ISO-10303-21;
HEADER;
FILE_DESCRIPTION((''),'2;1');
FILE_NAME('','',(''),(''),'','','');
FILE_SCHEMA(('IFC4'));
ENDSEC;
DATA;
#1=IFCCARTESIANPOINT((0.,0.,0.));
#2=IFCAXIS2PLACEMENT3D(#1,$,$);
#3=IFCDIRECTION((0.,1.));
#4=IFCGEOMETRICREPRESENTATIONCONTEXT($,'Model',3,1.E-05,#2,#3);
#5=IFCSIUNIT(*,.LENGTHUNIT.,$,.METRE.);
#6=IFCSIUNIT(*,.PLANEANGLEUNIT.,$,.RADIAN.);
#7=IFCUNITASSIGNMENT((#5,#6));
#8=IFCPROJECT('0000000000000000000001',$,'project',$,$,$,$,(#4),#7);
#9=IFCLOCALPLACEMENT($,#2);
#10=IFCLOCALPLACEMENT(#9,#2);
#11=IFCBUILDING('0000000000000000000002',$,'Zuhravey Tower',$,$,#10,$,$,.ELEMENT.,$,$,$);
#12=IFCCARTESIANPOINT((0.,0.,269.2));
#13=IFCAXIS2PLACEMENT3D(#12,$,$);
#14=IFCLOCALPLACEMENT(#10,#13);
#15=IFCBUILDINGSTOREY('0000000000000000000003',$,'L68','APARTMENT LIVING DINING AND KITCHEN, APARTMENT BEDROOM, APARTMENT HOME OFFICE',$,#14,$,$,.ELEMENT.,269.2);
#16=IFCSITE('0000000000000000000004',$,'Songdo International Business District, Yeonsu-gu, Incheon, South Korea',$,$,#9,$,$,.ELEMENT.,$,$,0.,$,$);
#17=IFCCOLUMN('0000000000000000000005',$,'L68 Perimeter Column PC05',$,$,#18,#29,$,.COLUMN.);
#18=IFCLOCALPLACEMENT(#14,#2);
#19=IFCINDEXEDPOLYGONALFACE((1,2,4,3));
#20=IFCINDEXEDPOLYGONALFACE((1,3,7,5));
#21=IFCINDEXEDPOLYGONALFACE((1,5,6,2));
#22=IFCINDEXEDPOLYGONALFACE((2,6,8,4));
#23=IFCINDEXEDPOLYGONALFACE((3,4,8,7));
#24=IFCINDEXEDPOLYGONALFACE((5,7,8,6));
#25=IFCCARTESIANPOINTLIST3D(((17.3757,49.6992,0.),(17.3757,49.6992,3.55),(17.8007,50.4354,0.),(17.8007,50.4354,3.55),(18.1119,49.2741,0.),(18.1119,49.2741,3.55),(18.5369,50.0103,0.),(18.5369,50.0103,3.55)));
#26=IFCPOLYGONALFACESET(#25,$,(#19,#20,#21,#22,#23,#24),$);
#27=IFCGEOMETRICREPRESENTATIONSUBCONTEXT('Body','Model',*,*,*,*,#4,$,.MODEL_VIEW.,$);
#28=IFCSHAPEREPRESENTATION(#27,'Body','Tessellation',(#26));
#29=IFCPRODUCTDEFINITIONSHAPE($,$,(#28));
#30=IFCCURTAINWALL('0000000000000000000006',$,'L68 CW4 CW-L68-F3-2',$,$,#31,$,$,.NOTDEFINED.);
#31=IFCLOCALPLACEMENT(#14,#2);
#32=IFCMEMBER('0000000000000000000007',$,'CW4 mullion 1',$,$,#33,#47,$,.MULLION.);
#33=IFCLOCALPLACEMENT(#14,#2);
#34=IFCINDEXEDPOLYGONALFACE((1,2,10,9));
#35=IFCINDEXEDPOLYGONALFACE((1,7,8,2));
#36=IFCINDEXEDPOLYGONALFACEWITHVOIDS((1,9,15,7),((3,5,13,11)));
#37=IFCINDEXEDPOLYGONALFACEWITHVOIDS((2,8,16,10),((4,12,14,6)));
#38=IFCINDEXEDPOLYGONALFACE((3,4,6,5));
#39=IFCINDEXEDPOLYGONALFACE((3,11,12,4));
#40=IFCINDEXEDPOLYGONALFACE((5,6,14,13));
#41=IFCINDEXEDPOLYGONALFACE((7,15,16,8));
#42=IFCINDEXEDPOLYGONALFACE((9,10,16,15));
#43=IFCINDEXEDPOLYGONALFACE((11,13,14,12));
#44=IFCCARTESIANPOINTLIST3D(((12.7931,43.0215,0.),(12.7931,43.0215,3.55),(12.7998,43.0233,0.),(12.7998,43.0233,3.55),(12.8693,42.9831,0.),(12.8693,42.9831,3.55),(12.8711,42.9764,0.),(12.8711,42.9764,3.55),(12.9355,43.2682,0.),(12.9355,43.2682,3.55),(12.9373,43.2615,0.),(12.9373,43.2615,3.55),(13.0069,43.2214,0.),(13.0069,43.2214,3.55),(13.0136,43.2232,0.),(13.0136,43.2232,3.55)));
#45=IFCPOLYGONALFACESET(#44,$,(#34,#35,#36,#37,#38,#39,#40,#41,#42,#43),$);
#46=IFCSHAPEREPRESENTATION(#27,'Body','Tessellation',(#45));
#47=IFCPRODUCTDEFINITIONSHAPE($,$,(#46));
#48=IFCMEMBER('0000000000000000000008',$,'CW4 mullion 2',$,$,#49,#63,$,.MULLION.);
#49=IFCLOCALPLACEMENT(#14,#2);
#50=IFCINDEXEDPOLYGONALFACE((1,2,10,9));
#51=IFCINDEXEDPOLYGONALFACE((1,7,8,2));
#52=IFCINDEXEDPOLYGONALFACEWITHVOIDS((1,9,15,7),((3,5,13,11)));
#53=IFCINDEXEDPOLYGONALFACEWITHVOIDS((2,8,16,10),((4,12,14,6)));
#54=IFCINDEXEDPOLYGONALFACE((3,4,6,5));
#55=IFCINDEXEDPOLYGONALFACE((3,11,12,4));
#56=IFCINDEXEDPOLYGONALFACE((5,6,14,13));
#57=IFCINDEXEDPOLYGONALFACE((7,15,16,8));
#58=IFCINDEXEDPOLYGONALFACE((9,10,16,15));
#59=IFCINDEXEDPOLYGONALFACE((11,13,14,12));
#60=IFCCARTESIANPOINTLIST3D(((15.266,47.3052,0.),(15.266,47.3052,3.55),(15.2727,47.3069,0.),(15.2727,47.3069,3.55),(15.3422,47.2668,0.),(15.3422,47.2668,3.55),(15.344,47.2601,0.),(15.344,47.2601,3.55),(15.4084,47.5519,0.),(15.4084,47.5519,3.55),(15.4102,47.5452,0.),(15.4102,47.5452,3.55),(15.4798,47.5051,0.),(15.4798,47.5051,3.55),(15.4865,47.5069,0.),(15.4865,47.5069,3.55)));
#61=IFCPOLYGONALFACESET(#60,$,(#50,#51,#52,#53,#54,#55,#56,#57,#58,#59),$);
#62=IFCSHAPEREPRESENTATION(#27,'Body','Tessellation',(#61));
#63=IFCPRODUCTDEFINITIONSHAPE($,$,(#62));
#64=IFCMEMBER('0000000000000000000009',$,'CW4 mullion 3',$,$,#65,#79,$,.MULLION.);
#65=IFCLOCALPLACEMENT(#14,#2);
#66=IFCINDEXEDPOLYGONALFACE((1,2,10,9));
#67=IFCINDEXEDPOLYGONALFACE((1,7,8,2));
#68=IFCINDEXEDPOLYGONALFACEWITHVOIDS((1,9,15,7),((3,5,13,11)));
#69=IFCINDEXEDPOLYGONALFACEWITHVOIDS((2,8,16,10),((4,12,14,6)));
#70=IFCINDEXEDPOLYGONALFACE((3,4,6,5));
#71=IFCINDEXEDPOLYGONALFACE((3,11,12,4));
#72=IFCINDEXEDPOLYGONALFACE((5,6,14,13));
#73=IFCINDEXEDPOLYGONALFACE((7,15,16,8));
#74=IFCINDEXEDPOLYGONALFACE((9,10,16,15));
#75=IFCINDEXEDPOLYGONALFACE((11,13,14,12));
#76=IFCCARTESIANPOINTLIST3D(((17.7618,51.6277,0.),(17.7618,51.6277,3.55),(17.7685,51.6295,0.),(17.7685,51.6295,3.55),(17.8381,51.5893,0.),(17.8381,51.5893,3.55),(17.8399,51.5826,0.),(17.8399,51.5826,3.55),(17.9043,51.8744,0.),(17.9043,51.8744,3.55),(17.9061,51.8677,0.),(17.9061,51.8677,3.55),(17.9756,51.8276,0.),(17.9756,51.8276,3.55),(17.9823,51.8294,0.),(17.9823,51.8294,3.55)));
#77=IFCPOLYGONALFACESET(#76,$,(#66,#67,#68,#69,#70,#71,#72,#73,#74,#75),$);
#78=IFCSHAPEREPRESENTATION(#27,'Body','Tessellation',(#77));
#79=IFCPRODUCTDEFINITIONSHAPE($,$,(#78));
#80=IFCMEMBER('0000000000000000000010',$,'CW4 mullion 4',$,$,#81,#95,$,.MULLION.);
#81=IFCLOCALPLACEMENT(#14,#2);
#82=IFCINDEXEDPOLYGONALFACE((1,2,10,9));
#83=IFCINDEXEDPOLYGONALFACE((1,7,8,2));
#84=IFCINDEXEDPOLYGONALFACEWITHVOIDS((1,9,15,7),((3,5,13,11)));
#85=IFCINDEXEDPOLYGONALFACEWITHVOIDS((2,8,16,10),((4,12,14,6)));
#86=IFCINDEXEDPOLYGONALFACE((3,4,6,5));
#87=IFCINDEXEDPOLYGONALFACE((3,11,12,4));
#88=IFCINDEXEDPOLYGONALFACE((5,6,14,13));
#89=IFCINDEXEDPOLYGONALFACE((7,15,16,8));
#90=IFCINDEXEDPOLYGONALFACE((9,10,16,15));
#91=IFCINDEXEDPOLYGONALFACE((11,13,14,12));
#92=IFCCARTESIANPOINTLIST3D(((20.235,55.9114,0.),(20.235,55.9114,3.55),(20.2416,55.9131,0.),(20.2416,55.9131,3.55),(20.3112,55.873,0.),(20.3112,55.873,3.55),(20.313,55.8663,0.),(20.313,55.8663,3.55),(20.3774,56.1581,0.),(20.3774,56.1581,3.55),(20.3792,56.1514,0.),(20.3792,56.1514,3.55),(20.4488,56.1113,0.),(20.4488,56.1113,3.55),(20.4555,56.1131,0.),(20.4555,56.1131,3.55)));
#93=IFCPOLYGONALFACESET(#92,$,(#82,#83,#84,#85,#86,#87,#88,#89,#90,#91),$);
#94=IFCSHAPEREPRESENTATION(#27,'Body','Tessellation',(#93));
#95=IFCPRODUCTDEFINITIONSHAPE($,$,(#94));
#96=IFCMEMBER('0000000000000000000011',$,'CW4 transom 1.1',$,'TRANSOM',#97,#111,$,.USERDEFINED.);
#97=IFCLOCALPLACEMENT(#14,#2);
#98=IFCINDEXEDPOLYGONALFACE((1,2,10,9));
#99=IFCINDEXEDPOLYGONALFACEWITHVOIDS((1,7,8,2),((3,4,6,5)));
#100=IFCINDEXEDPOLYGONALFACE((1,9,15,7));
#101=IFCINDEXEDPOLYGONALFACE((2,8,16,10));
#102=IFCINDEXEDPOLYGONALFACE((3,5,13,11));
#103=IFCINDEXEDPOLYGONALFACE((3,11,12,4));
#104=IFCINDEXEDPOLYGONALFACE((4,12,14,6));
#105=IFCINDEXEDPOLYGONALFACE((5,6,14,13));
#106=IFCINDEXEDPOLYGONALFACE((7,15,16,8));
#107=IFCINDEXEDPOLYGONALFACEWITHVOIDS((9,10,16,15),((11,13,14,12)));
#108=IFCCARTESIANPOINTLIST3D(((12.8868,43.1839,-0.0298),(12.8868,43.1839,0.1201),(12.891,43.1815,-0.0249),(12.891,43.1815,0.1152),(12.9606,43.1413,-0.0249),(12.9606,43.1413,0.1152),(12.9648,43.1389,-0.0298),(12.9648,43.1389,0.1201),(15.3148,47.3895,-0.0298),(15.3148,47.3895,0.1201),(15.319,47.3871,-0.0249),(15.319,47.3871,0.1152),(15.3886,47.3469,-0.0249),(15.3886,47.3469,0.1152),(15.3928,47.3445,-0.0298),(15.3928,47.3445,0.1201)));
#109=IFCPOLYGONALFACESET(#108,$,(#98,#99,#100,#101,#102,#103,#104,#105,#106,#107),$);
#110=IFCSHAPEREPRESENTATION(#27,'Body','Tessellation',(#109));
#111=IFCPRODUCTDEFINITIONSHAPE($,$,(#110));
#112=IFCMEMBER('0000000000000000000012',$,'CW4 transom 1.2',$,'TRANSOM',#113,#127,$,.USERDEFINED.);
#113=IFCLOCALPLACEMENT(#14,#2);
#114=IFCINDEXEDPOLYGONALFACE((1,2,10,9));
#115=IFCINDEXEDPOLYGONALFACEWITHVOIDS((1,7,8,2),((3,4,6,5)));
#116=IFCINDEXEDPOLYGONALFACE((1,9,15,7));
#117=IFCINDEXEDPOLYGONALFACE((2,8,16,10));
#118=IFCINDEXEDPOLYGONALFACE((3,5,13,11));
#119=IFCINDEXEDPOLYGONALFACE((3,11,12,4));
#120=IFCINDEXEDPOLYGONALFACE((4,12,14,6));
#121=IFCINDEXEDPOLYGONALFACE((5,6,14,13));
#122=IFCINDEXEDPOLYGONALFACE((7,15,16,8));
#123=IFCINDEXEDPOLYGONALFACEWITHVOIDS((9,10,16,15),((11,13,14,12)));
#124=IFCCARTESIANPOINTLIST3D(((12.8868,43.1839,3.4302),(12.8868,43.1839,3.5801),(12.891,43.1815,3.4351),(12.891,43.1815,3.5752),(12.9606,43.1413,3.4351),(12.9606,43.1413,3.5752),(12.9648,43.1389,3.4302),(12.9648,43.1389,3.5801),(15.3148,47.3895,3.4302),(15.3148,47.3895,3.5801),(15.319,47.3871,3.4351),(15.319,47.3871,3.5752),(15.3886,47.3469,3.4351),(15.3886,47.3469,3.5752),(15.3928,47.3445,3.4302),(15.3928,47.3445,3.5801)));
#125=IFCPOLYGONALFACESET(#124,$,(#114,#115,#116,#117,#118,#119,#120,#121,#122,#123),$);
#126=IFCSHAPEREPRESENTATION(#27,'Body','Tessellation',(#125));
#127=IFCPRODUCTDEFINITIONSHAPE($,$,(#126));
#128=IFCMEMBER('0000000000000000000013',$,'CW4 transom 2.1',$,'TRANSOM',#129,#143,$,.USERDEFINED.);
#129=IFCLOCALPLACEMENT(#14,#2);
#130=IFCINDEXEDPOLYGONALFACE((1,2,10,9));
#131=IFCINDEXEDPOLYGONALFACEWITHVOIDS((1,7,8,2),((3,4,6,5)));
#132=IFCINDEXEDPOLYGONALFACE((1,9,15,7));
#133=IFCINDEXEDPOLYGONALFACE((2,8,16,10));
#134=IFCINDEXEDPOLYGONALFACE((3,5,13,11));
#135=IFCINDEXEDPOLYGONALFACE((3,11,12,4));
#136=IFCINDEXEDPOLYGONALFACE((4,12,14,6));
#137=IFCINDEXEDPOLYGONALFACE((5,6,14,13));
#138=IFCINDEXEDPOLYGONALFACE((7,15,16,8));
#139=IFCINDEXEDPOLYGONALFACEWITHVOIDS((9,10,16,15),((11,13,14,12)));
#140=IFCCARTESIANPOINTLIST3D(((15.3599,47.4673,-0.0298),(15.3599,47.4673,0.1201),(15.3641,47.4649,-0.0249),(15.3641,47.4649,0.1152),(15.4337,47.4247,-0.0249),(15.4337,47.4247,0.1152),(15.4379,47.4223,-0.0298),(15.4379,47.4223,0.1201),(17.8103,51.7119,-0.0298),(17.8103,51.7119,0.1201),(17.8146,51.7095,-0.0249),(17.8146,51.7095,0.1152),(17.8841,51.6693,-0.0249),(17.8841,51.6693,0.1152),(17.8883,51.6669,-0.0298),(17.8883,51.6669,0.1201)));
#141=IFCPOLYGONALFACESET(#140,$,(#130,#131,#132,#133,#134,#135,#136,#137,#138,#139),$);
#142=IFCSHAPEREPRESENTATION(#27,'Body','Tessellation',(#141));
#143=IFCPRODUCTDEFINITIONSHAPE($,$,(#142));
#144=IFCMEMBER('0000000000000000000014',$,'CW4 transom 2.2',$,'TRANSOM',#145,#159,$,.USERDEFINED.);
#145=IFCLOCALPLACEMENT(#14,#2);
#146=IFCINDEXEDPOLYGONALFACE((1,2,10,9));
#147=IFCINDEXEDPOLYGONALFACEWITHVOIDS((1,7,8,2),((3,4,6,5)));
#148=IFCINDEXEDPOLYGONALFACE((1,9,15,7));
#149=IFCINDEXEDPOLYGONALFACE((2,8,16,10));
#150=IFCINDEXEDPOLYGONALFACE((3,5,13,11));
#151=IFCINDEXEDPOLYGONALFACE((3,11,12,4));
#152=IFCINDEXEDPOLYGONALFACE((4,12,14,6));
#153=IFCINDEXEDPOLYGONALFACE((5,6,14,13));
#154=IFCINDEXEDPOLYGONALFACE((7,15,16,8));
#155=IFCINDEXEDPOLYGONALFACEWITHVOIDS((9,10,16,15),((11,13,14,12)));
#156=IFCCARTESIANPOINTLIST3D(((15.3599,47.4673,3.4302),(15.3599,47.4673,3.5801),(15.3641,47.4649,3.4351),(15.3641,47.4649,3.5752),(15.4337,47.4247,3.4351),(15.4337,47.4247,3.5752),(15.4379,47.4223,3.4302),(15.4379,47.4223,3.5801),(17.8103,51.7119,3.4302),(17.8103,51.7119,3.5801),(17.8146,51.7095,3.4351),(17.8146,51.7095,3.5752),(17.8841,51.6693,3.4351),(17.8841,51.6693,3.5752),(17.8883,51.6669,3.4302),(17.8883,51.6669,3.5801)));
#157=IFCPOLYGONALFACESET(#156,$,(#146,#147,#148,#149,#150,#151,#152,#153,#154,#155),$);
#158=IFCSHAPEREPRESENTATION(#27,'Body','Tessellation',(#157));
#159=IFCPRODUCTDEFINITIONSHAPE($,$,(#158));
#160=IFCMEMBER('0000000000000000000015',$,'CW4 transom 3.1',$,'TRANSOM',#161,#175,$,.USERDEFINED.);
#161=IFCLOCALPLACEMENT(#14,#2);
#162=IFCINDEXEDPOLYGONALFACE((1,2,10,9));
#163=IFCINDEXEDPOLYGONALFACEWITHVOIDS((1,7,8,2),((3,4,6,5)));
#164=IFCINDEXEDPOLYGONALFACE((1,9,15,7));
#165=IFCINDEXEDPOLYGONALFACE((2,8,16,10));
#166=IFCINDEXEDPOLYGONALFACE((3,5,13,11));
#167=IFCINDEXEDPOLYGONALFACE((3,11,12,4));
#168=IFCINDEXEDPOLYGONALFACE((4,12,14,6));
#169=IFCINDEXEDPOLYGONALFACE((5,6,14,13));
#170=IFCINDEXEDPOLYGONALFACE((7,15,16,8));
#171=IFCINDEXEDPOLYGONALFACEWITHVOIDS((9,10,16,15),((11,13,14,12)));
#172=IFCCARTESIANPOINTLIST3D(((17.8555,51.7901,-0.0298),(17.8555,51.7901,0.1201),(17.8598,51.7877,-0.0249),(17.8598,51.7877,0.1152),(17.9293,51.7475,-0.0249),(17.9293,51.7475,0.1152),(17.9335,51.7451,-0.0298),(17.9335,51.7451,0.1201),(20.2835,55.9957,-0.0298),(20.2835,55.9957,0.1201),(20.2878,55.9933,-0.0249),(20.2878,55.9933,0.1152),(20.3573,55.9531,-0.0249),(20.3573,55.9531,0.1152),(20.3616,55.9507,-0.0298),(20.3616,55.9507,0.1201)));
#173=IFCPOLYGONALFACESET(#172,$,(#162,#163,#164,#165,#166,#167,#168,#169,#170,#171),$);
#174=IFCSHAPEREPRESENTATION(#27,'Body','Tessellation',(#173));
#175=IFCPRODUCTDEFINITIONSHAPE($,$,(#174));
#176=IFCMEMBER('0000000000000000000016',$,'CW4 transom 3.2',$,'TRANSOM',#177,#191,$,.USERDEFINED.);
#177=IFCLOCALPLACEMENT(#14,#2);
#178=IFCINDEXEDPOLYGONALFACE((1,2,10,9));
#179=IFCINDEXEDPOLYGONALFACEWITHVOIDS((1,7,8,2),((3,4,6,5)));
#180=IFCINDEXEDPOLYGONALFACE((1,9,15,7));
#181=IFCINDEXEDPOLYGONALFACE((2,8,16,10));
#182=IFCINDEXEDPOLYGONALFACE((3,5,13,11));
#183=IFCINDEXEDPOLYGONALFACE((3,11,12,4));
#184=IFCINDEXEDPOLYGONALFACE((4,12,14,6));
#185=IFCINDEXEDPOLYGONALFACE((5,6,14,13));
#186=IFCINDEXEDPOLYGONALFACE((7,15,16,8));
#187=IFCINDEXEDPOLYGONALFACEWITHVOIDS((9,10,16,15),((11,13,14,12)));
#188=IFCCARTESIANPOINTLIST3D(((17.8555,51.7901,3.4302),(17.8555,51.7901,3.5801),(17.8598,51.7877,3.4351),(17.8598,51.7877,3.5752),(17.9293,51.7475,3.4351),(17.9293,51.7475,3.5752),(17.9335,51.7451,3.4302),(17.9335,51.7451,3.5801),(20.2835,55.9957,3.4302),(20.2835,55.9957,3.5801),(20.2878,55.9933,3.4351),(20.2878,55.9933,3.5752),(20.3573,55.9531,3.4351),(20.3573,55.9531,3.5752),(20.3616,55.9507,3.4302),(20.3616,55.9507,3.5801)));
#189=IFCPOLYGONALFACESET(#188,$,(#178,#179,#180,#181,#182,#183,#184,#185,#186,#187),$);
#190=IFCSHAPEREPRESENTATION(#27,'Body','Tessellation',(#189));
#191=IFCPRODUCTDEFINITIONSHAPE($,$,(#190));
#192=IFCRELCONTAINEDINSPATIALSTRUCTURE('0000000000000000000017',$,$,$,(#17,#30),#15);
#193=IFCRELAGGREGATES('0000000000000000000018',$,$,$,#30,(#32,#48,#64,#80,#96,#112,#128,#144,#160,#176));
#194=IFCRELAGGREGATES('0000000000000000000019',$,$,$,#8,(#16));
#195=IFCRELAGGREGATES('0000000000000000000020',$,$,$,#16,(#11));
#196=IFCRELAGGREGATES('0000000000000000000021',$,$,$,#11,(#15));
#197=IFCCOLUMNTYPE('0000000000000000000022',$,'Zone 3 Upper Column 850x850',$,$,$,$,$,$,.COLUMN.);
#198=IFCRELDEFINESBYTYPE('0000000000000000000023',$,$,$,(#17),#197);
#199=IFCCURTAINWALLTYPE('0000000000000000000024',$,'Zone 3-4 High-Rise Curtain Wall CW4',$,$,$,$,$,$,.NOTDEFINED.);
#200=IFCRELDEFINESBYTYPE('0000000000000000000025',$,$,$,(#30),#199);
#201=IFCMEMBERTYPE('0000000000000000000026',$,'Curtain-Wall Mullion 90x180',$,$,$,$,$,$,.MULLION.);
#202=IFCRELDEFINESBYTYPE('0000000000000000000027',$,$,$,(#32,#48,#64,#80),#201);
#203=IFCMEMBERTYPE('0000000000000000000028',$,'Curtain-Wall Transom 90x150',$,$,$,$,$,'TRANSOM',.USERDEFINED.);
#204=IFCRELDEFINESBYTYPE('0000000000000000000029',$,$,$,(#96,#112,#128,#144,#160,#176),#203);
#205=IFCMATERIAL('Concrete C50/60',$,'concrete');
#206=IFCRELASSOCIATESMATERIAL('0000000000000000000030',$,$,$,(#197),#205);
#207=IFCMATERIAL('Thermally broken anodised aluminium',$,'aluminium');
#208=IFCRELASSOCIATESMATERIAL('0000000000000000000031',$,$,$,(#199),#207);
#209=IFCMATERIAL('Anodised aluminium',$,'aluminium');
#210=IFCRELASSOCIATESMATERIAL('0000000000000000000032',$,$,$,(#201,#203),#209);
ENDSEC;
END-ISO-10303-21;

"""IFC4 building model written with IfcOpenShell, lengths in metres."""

from ifc_helpers import new_model, si_unit, direction, frame, origin, origin_2d, place, context, subcontext, project, spatial, rectangle, hollow_rectangle, extrude, material, material_profile, profile_set, type_object, element, aggregate, save


model = new_model("IFC4")

# Units and contexts
model_context = context("Model", 3, precision=1e-05, world=origin(), true_north=direction((0.0, 1.0)))
body_context = subcontext(model_context, "Body", "Model", "MODEL_VIEW")
ifc_project = project(units=[si_unit("LENGTHUNIT", "METRE"), si_unit("PLANEANGLEUNIT", "RADIAN")], contexts=[model_context])

# Site, building, storey
site_placement = place(None, origin())
site = spatial("IfcSite", under=ifc_project, at=site_placement, Name="Songdo International Business District, Yeonsu-gu, Incheon, South Korea", CompositionType="ELEMENT", RefElevation=0.0)
building_placement = place(site_placement, origin())
building = spatial("IfcBuilding", under=site, at=building_placement, Name="Zuhravey Tower", CompositionType="ELEMENT")
storey_placement = place(building_placement, frame((0.0, 0.0, 269.2)))
storey = spatial("IfcBuildingStorey", under=building, at=storey_placement, Name="L68", Description="APARTMENT LIVING DINING AND KITCHEN, APARTMENT BEDROOM, APARTMENT HOME OFFICE", CompositionType="ELEMENT", Elevation=269.2)

# Column
ifc_material_1 = material(Name="Concrete C50/60", Category="concrete")
ifc_material_profile_1 = material_profile(ifc_material_1, rectangle(XDim=0.8501, YDim=0.8501, at=origin_2d()), Name="RC-850x850")
ifc_profile_set_1 = profile_set([ifc_material_profile_1], Name="Concrete C50/60")
column_type = type_object("IfcColumnType", Name="Zone 3 Upper Column 850x850", PredefinedType="COLUMN", material=ifc_profile_set_1)
column_placement = place(storey_placement, frame((17.9563, 49.8547, 0.0), z_axis=(0.0, 0.0, 1.0), x_axis=(-0.5, -0.866025, 0.0)))
element("IfcColumn", 1, at=column_placement, inside=storey, type_object=column_type, Name="L68 Perimeter Column PC05", PredefinedType="COLUMN", context=body_context, shape_type="SweptSolid", body=[
    extrude(rectangle(XDim=0.8501, YDim=0.8501, at=origin_2d()), origin(), (0.0, 0.0, 1.0), 3.55),
])

# Curtain wall, members
ifc_material_2 = material(Name="Thermally broken anodised aluminium", Category="aluminium")
curtain_wall_type = type_object("IfcCurtainWallType", Name="Zone 3-4 High-Rise Curtain Wall CW4", PredefinedType="NOTDEFINED", material=ifc_material_2)
curtain_wall_placement = place(storey_placement, origin())
curtain_wall = element("IfcCurtainWall", 2, at=curtain_wall_placement, inside=storey, type_object=curtain_wall_type, Name="L68 CW4 CW-L68-F3-2", PredefinedType="NOTDEFINED")
ifc_material_3 = material(Name="Anodised aluminium", Category="aluminium")
ifc_material_profile_2 = material_profile(ifc_material_3, hollow_rectangle(XDim=0.0901, YDim=0.2849, WallThickness=0.0049, at=origin_2d()), Name="ALU-RHS-90x285x5")
ifc_profile_set_2 = profile_set([ifc_material_profile_2], Name="Anodised aluminium")
member_type_1 = type_object("IfcMemberType", Name="Curtain-Wall Mullion 90x180", PredefinedType="MULLION", material=ifc_profile_set_2)
member_1_placement = place(storey_placement, frame((12.9033, 43.1223, 0.0), z_axis=(0.0, 0.0, 1.0), x_axis=(-0.866026, 0.5, 0.0)))
member_1 = element("IfcMember", 3, at=member_1_placement, type_object=member_type_1, Name="CW4 mullion 1", PredefinedType="MULLION", context=body_context, shape_type="SweptSolid", body=[
    extrude(hollow_rectangle(XDim=0.0901, YDim=0.2849, WallThickness=0.0049, at=origin_2d()), origin(), (0.0, 0.0, 1.0), 3.55),
])
member_2_placement = place(storey_placement, frame((15.3762, 47.406, 0.0), z_axis=(0.0, 0.0, 1.0), x_axis=(-0.866026, 0.5, 0.0)))
member_2 = element("IfcMember", 4, at=member_2_placement, type_object=member_type_1, Name="CW4 mullion 2", PredefinedType="MULLION", context=body_context, shape_type="SweptSolid", body=[
    extrude(hollow_rectangle(XDim=0.0901, YDim=0.2849, WallThickness=0.0049, at=origin_2d()), origin(), (0.0, 0.0, 1.0), 3.55),
])
member_3_placement = place(storey_placement, frame((17.8721, 51.7285, 0.0), z_axis=(0.0, 0.0, 1.0), x_axis=(-0.866026, 0.5, 0.0)))
member_3 = element("IfcMember", 5, at=member_3_placement, type_object=member_type_1, Name="CW4 mullion 3", PredefinedType="MULLION", context=body_context, shape_type="SweptSolid", body=[
    extrude(hollow_rectangle(XDim=0.0901, YDim=0.2849, WallThickness=0.0049, at=origin_2d()), origin(), (0.0, 0.0, 1.0), 3.55),
])
member_4_placement = place(storey_placement, frame((20.3452, 56.0122, 0.0), z_axis=(0.0, 0.0, 1.0), x_axis=(-0.866026, 0.5, 0.0)))
member_4 = element("IfcMember", 6, at=member_4_placement, type_object=member_type_1, Name="CW4 mullion 4", PredefinedType="MULLION", context=body_context, shape_type="SweptSolid", body=[
    extrude(hollow_rectangle(XDim=0.0901, YDim=0.2849, WallThickness=0.0049, at=origin_2d()), origin(), (0.0, 0.0, 1.0), 3.55),
])
ifc_material_profile_3 = material_profile(ifc_material_3, hollow_rectangle(XDim=0.0901, YDim=0.1499, WallThickness=0.0049, at=origin_2d()), Name="ALU-RHS-90x150x5")
ifc_profile_set_3 = profile_set([ifc_material_profile_3], Name="Anodised aluminium")
member_type_2 = type_object("IfcMemberType", Name="Curtain-Wall Transom 90x150", ElementType="TRANSOM", PredefinedType="USERDEFINED", material=ifc_profile_set_3)
member_5_placement = place(storey_placement, frame((12.9258, 43.1614, 0.0452), z_axis=(0.499984, 0.866035, 0.0), x_axis=(-0.866035, 0.499984, 0.0)))
member_5 = element("IfcMember", 7, at=member_5_placement, type_object=member_type_2, Name="CW4 transom 1.1", ObjectType="TRANSOM", PredefinedType="USERDEFINED", context=body_context, shape_type="SweptSolid", body=[
    extrude(hollow_rectangle(XDim=0.0901, YDim=0.1499, WallThickness=0.0049, at=origin_2d()), origin(), (0.0, 0.0, 1.0), 4.8562),
])
member_6_placement = place(storey_placement, frame((12.9258, 43.1614, 3.5051), z_axis=(0.499984, 0.866035, 0.0), x_axis=(-0.866035, 0.499984, 0.0)))
member_6 = element("IfcMember", 8, at=member_6_placement, type_object=member_type_2, Name="CW4 transom 1.2", ObjectType="TRANSOM", PredefinedType="USERDEFINED", context=body_context, shape_type="SweptSolid", body=[
    extrude(hollow_rectangle(XDim=0.0901, YDim=0.1499, WallThickness=0.0049, at=origin_2d()), origin(), (0.0, 0.0, 1.0), 4.8562),
])
member_7_placement = place(storey_placement, frame((15.3989, 47.4448, 0.0452), z_axis=(0.49997, 0.866043, 0.0), x_axis=(-0.866043, 0.49997, 0.0)))
member_7 = element("IfcMember", 9, at=member_7_placement, type_object=member_type_2, Name="CW4 transom 2.1", ObjectType="TRANSOM", PredefinedType="USERDEFINED", context=body_context, shape_type="SweptSolid", body=[
    extrude(hollow_rectangle(XDim=0.0901, YDim=0.1499, WallThickness=0.0049, at=origin_2d()), origin(), (0.0, 0.0, 1.0), 4.9011),
])
member_8_placement = place(storey_placement, frame((15.3989, 47.4448, 3.5051), z_axis=(0.49997, 0.866043, 0.0), x_axis=(-0.866043, 0.49997, 0.0)))
member_8 = element("IfcMember", 10, at=member_8_placement, type_object=member_type_2, Name="CW4 transom 2.2", ObjectType="TRANSOM", PredefinedType="USERDEFINED", context=body_context, shape_type="SweptSolid", body=[
    extrude(hollow_rectangle(XDim=0.0901, YDim=0.1499, WallThickness=0.0049, at=origin_2d()), origin(), (0.0, 0.0, 1.0), 4.9011),
])
member_9_placement = place(storey_placement, frame((17.8945, 51.7676, 0.0452), z_axis=(0.499984, 0.866035, 0.0), x_axis=(-0.866035, 0.499984, 0.0)))
member_9 = element("IfcMember", 11, at=member_9_placement, type_object=member_type_2, Name="CW4 transom 3.1", ObjectType="TRANSOM", PredefinedType="USERDEFINED", context=body_context, shape_type="SweptSolid", body=[
    extrude(hollow_rectangle(XDim=0.0901, YDim=0.1499, WallThickness=0.0049, at=origin_2d()), origin(), (0.0, 0.0, 1.0), 4.8562),
])
member_10_placement = place(storey_placement, frame((17.8945, 51.7676, 3.5051), z_axis=(0.499984, 0.866035, 0.0), x_axis=(-0.866035, 0.499984, 0.0)))
member_10 = element("IfcMember", 12, at=member_10_placement, type_object=member_type_2, Name="CW4 transom 3.2", ObjectType="TRANSOM", PredefinedType="USERDEFINED", context=body_context, shape_type="SweptSolid", body=[
    extrude(hollow_rectangle(XDim=0.0901, YDim=0.1499, WallThickness=0.0049, at=origin_2d()), origin(), (0.0, 0.0, 1.0), 4.8562),
])

aggregate(curtain_wall, [member_1, member_2, member_3, member_4, member_5, member_6, member_7, member_8, member_9, member_10])

save(model, "model.ifc")
